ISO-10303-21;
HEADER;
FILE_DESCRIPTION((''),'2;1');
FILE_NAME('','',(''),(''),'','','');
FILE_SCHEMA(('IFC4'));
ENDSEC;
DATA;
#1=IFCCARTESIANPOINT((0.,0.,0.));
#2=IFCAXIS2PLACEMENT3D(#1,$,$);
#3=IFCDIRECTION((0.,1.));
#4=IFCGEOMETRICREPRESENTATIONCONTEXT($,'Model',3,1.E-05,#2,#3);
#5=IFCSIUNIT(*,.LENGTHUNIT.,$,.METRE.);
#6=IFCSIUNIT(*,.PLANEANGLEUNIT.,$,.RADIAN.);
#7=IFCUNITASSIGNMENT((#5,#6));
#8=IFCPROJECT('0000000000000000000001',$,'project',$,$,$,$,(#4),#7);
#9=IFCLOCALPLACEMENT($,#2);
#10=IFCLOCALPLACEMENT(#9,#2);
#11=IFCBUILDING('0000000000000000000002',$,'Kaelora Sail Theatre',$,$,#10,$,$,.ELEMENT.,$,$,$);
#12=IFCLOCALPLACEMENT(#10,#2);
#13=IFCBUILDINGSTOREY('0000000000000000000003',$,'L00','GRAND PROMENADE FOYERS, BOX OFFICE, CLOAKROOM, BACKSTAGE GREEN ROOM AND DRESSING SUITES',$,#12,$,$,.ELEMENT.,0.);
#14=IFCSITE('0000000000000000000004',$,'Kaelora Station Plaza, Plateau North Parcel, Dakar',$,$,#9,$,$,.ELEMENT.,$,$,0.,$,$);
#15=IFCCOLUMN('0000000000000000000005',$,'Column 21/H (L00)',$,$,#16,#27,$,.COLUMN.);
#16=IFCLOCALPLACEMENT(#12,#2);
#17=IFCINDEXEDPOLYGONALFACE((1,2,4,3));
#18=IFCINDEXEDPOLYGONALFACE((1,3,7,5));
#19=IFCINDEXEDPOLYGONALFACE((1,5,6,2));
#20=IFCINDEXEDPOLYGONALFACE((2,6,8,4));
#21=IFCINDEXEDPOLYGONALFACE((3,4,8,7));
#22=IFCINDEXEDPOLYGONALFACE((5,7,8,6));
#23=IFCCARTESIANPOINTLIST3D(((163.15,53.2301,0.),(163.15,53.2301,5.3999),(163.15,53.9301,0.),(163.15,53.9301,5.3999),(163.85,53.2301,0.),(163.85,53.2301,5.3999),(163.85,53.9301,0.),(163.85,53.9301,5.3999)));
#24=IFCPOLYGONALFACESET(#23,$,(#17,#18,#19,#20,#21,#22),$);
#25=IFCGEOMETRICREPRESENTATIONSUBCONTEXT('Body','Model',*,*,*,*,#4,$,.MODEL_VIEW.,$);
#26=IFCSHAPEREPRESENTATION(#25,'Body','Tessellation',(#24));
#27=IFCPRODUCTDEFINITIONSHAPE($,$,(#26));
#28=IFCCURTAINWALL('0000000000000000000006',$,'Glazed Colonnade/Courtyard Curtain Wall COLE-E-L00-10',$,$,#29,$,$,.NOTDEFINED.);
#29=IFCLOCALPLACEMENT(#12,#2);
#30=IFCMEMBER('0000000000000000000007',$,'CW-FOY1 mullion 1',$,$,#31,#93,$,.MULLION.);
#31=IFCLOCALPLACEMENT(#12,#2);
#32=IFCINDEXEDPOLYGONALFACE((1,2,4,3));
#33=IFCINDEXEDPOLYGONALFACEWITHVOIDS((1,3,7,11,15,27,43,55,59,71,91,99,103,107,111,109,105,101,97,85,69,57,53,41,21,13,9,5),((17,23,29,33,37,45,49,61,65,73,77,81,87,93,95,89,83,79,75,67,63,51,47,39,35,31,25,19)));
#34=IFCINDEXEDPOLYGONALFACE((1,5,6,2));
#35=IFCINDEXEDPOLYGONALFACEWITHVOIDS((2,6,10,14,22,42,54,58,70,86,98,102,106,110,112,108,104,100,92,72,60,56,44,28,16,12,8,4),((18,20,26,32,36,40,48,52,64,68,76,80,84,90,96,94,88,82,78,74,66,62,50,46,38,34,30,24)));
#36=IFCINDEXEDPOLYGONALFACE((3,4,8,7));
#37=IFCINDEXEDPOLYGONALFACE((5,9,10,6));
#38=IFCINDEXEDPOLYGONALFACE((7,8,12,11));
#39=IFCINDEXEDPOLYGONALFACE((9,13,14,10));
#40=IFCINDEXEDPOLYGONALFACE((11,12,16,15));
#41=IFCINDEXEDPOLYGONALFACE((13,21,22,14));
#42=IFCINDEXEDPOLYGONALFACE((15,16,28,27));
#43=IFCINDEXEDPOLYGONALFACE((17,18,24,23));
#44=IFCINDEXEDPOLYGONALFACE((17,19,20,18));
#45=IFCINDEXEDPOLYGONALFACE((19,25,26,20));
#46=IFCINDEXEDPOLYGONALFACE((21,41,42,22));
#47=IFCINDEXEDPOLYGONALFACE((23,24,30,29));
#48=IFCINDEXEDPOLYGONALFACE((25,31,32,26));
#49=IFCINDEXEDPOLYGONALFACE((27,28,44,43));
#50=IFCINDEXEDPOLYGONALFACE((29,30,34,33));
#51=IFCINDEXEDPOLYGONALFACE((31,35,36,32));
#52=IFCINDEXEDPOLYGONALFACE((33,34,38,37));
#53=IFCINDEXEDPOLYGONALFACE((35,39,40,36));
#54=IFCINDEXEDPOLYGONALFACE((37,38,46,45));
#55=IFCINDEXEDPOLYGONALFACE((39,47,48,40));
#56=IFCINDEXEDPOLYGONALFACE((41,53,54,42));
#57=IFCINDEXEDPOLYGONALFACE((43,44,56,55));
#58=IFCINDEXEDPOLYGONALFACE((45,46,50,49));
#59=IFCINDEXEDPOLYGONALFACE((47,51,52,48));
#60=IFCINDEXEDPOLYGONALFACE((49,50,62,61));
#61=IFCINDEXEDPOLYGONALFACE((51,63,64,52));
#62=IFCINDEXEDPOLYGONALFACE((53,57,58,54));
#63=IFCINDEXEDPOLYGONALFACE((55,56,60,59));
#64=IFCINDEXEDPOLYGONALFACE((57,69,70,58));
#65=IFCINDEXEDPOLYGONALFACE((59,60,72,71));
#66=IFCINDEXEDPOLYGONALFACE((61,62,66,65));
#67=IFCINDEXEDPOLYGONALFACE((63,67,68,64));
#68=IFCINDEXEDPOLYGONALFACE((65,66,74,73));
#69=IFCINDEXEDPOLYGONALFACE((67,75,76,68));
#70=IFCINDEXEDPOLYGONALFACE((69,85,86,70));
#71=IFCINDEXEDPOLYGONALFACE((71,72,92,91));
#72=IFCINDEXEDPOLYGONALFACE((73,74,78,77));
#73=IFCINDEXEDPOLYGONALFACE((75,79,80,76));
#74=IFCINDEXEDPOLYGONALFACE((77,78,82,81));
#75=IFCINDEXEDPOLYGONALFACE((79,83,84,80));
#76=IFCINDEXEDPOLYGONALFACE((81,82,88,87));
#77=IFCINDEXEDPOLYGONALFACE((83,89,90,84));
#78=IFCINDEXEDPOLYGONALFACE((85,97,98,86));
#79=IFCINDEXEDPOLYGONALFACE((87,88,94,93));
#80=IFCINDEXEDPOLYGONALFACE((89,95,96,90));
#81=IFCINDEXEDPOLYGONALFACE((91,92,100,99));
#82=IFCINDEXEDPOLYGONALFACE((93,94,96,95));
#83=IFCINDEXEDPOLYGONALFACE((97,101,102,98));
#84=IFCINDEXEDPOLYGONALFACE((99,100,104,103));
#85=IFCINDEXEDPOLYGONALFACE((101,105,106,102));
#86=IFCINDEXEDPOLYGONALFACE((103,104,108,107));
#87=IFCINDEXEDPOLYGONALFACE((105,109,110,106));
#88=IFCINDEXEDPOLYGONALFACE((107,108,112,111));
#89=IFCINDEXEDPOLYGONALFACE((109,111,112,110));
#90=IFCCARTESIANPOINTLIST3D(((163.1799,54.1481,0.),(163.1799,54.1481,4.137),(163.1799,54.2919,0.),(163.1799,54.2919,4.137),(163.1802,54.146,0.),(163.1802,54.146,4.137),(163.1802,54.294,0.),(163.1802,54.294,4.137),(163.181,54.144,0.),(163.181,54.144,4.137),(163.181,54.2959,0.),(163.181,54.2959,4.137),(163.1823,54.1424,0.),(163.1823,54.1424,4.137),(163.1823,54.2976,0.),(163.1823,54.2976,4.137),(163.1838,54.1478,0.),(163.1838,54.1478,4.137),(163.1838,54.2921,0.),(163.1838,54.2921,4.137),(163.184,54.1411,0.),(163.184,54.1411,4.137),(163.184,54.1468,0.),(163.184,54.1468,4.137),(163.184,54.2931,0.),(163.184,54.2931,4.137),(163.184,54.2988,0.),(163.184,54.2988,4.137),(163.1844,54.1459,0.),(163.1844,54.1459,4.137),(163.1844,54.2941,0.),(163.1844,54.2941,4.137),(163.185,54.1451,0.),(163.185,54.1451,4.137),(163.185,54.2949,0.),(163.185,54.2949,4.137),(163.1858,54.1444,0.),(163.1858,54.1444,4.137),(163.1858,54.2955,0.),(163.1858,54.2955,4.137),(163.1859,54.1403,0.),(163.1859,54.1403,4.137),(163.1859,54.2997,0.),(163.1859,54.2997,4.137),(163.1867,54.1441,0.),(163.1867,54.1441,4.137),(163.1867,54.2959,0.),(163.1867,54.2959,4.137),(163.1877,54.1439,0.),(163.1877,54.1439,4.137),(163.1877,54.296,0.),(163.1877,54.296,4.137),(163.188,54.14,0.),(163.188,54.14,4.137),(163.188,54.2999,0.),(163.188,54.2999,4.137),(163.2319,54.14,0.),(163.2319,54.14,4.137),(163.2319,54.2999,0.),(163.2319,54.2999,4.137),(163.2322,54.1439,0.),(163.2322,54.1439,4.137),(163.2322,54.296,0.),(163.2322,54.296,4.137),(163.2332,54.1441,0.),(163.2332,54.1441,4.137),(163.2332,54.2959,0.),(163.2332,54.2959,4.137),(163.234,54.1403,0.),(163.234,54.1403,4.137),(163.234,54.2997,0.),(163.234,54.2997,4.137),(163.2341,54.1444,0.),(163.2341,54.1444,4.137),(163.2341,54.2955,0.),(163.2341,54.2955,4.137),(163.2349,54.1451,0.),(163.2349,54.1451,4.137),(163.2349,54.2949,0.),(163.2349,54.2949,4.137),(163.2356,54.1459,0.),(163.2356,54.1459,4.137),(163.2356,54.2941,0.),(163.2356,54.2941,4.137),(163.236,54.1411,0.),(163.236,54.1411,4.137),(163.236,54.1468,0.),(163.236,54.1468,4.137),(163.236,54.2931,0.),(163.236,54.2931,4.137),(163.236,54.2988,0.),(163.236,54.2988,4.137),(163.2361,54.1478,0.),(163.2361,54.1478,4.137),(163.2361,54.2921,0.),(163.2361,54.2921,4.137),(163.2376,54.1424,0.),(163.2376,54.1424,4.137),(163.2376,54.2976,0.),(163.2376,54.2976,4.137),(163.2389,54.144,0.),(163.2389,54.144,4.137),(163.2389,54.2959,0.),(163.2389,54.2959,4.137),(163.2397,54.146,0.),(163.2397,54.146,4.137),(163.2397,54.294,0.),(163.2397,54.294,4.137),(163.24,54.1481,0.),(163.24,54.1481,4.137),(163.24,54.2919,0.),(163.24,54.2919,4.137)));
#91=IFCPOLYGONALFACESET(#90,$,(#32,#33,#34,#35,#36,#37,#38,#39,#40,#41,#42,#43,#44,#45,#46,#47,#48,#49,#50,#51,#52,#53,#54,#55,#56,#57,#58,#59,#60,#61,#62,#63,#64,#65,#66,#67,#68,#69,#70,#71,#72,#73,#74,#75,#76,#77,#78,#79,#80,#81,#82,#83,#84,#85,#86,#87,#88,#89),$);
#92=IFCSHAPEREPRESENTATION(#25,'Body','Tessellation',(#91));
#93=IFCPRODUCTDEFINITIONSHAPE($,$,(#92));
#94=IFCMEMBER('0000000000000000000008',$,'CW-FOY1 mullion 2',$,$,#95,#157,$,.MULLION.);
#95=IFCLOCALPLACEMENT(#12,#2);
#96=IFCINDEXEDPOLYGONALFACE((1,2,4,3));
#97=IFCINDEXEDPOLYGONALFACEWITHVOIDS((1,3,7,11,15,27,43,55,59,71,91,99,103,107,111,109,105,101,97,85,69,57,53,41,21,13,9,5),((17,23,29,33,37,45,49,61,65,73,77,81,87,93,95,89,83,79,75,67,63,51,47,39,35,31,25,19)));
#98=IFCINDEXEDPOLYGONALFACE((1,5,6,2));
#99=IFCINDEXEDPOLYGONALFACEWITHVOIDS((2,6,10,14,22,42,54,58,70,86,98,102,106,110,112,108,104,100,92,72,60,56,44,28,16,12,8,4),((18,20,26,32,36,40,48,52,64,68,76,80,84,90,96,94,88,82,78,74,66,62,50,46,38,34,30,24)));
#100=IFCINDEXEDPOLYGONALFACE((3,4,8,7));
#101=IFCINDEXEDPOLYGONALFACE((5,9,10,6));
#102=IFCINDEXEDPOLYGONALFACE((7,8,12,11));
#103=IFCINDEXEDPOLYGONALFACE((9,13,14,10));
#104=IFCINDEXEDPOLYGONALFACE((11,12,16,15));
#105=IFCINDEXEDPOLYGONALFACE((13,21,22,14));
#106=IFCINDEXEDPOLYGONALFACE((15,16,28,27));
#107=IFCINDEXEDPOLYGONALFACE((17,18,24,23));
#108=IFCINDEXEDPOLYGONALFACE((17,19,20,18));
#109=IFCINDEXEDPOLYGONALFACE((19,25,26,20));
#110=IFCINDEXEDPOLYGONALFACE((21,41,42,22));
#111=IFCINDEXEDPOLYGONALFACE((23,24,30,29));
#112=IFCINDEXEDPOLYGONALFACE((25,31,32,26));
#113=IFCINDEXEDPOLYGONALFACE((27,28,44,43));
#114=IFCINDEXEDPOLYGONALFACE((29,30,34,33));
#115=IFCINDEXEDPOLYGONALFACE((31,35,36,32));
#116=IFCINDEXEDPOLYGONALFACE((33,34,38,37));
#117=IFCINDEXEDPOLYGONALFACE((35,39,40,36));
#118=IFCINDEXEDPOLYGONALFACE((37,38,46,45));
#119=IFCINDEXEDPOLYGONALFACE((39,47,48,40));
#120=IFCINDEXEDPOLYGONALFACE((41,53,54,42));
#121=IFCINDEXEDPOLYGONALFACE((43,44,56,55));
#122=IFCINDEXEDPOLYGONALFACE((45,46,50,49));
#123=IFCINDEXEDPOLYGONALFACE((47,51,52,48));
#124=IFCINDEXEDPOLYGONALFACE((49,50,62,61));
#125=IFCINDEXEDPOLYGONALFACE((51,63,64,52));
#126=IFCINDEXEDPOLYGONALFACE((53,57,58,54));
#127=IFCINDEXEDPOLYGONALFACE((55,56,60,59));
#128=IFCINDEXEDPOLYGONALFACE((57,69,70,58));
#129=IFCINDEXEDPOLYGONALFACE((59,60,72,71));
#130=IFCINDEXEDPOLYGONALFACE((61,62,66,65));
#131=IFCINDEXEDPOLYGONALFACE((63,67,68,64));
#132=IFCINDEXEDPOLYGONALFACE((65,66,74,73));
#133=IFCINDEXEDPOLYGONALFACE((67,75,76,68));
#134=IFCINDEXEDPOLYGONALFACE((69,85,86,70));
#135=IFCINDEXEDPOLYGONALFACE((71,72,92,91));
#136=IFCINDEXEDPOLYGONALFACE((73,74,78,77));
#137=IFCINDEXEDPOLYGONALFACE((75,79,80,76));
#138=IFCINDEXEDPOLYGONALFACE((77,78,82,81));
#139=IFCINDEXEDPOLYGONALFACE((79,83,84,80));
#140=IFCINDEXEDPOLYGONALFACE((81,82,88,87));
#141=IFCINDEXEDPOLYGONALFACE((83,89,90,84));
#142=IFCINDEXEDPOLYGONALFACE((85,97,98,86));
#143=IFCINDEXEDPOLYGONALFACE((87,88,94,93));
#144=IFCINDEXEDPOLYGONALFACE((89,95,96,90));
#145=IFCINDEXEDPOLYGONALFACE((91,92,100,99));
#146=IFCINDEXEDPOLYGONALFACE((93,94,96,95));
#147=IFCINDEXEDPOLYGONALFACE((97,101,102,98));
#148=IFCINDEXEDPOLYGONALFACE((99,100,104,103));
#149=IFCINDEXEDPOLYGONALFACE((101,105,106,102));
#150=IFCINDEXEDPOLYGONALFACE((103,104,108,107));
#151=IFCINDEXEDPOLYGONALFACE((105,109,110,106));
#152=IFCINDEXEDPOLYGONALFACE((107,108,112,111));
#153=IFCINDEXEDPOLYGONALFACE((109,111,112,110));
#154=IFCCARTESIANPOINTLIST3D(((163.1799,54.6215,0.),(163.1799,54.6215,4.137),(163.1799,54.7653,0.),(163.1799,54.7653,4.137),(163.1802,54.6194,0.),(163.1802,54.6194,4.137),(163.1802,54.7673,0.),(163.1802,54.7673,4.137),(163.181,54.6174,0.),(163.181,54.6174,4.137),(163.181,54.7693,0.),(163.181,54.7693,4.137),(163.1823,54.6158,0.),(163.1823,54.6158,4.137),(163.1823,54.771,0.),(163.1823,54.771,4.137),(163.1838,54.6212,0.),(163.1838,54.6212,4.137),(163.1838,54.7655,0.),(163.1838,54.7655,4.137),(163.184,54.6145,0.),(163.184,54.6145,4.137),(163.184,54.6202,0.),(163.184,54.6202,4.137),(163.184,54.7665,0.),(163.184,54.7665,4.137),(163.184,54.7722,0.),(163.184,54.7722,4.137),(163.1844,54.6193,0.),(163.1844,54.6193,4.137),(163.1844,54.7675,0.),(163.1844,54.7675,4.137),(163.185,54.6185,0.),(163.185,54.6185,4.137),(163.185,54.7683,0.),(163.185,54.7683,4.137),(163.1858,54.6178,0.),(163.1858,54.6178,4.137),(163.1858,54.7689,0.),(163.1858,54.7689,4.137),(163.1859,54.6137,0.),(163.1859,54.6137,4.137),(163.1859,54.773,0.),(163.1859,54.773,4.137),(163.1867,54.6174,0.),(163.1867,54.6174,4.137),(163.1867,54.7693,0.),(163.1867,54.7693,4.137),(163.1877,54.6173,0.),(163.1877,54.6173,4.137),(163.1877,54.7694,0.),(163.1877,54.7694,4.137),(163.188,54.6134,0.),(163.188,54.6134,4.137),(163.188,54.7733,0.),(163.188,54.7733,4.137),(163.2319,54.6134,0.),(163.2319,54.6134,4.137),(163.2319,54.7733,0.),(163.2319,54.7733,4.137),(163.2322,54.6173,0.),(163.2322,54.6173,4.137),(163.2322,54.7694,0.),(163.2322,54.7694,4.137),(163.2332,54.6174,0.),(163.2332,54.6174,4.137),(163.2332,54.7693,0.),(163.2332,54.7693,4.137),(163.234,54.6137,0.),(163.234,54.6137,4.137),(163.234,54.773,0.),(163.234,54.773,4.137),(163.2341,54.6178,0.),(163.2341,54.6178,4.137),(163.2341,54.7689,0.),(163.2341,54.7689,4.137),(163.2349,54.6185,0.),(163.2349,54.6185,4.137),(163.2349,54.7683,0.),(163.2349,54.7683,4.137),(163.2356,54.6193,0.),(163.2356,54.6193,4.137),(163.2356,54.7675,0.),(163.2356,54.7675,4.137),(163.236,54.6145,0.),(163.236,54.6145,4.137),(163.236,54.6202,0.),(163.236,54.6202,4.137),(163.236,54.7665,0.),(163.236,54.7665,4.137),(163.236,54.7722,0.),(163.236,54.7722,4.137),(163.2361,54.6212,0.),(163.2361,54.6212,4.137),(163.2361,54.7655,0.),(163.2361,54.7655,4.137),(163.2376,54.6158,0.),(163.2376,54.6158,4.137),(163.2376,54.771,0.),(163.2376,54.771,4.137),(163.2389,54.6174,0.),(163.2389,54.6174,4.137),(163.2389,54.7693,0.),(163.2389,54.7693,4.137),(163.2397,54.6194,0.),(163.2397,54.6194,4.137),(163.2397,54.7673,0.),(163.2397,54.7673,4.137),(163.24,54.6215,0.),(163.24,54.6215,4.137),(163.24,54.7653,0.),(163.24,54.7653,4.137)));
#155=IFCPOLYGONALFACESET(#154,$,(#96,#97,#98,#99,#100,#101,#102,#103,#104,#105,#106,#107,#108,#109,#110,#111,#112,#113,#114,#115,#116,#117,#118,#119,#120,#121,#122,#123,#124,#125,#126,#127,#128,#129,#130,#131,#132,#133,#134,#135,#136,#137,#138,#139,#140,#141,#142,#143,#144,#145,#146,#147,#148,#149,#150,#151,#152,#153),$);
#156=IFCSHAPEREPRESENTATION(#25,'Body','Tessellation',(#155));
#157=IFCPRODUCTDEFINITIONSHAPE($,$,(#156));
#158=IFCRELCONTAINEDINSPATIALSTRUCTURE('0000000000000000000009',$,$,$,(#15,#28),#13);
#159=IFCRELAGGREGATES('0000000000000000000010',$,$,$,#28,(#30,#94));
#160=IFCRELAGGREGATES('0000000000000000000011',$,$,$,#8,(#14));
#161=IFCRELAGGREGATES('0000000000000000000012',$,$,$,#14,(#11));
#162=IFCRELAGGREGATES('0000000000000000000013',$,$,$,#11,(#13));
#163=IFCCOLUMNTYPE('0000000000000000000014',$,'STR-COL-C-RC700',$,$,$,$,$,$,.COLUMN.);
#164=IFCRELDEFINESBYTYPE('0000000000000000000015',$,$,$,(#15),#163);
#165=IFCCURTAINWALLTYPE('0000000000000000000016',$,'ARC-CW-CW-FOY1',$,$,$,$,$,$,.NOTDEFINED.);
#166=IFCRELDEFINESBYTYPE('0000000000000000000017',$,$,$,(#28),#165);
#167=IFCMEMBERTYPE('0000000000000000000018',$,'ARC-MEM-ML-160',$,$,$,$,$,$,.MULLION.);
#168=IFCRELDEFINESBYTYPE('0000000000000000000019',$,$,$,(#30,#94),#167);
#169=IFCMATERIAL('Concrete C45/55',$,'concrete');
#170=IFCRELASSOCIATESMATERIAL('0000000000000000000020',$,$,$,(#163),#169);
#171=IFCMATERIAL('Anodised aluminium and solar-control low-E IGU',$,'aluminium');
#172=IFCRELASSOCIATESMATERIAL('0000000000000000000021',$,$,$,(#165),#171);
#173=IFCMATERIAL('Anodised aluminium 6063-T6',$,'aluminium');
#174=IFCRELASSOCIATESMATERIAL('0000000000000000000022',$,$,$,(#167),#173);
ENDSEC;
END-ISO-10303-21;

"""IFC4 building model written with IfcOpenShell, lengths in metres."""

from ifc_helpers import new_model, si_unit, direction, frame, origin, origin_2d, place, context, subcontext, project, spatial, rectangle, hollow_rectangle, extrude, material, material_profile, profile_set, type_object, element, aggregate, save


model = new_model("IFC4")

# Units and contexts
model_context = context("Model", 3, precision=1e-05, world=origin(), true_north=direction((0.0, 1.0)))
body_context = subcontext(model_context, "Body", "Model", "MODEL_VIEW")
ifc_project = project(units=[si_unit("LENGTHUNIT", "METRE"), si_unit("PLANEANGLEUNIT", "RADIAN")], contexts=[model_context])

# Site, building, storey
site_placement = place(None, origin())
site = spatial("IfcSite", under=ifc_project, at=site_placement, Name="Kaelora Station Plaza, Plateau North Parcel, Dakar", CompositionType="ELEMENT", RefElevation=0.0)
building_placement = place(site_placement, origin())
building = spatial("IfcBuilding", under=site, at=building_placement, Name="Kaelora Sail Theatre", CompositionType="ELEMENT")
storey_placement = place(building_placement, origin())
storey = spatial("IfcBuildingStorey", under=building, at=storey_placement, Name="L00", Description="GRAND PROMENADE FOYERS, BOX OFFICE, CLOAKROOM, BACKSTAGE GREEN ROOM AND DRESSING SUITES", CompositionType="ELEMENT", Elevation=0.0)

# Column
ifc_material_1 = material(Name="Concrete C45/55", Category="concrete")
ifc_material_profile_1 = material_profile(ifc_material_1, rectangle(XDim=0.7, YDim=0.7, at=origin_2d()), Name="RC-COL 700x700")
ifc_profile_set_1 = profile_set([ifc_material_profile_1], Name="Concrete C45/55")
column_type = type_object("IfcColumnType", Name="STR-COL-C-RC700", PredefinedType="COLUMN", material=ifc_profile_set_1)
column_placement = place(storey_placement, frame((163.5, 53.5801, 0.0), z_axis=(0.0, 0.0, 1.0), x_axis=(1.0, 0.0, 0.0)))
element("IfcColumn", 1, at=column_placement, inside=storey, type_object=column_type, Name="Column 21/H (L00)", PredefinedType="COLUMN", context=body_context, shape_type="SweptSolid", body=[
    extrude(rectangle(XDim=0.7, YDim=0.7, at=origin_2d()), origin(), (0.0, 0.0, 1.0), 5.3999),
])

# Curtain wall, members
ifc_material_2 = material(Name="Anodised aluminium and solar-control low-E IGU", Category="aluminium")
curtain_wall_type = type_object("IfcCurtainWallType", Name="ARC-CW-CW-FOY1", PredefinedType="NOTDEFINED", material=ifc_material_2)
curtain_wall_placement = place(storey_placement, origin())
curtain_wall = element("IfcCurtainWall", 2, at=curtain_wall_placement, inside=storey, type_object=curtain_wall_type, Name="Glazed Colonnade/Courtyard Curtain Wall COLE-E-L00-10", PredefinedType="NOTDEFINED")
ifc_material_3 = material(Name="Anodised aluminium 6063-T6", Category="aluminium")
ifc_material_profile_2 = material_profile(ifc_material_3, hollow_rectangle(XDim=0.0601, YDim=0.1599, WallThickness=0.0039, InnerFilletRadius=0.0039, OuterFilletRadius=0.0081, at=origin_2d()), Name="ALU-MULL 60x160x4")
ifc_profile_set_2 = profile_set([ifc_material_profile_2], Name="Anodised aluminium 6063-T6")
member_type_1 = type_object("IfcMemberType", Name="ARC-MEM-ML-160", PredefinedType="MULLION", material=ifc_profile_set_2)
member_1_placement = place(storey_placement, frame((163.21, 54.22, 0.0), z_axis=(0.0, 0.0, 1.0), x_axis=(-1.0, 0.0, 0.0)))
member_1 = element("IfcMember", 3, at=member_1_placement, type_object=member_type_1, Name="CW-FOY1 mullion 1", PredefinedType="MULLION", context=body_context, shape_type="SweptSolid", body=[
    extrude(hollow_rectangle(XDim=0.0601, YDim=0.1599, WallThickness=0.0039, InnerFilletRadius=0.0039, OuterFilletRadius=0.0081, at=origin_2d()), origin(), (0.0, 0.0, 1.0), 4.137),
])
member_2_placement = place(storey_placement, frame((163.21, 54.6934, 0.0), z_axis=(0.0, 0.0, 1.0), x_axis=(-1.0, 0.0, 0.0)))
member_2 = element("IfcMember", 4, at=member_2_placement, type_object=member_type_1, Name="CW-FOY1 mullion 2", PredefinedType="MULLION", context=body_context, shape_type="SweptSolid", body=[
    extrude(hollow_rectangle(XDim=0.0601, YDim=0.1599, WallThickness=0.0039, InnerFilletRadius=0.0039, OuterFilletRadius=0.0081, at=origin_2d()), origin(), (0.0, 0.0, 1.0), 4.137),
])

aggregate(curtain_wall, [member_1, member_2])

save(model, "model.ifc")
